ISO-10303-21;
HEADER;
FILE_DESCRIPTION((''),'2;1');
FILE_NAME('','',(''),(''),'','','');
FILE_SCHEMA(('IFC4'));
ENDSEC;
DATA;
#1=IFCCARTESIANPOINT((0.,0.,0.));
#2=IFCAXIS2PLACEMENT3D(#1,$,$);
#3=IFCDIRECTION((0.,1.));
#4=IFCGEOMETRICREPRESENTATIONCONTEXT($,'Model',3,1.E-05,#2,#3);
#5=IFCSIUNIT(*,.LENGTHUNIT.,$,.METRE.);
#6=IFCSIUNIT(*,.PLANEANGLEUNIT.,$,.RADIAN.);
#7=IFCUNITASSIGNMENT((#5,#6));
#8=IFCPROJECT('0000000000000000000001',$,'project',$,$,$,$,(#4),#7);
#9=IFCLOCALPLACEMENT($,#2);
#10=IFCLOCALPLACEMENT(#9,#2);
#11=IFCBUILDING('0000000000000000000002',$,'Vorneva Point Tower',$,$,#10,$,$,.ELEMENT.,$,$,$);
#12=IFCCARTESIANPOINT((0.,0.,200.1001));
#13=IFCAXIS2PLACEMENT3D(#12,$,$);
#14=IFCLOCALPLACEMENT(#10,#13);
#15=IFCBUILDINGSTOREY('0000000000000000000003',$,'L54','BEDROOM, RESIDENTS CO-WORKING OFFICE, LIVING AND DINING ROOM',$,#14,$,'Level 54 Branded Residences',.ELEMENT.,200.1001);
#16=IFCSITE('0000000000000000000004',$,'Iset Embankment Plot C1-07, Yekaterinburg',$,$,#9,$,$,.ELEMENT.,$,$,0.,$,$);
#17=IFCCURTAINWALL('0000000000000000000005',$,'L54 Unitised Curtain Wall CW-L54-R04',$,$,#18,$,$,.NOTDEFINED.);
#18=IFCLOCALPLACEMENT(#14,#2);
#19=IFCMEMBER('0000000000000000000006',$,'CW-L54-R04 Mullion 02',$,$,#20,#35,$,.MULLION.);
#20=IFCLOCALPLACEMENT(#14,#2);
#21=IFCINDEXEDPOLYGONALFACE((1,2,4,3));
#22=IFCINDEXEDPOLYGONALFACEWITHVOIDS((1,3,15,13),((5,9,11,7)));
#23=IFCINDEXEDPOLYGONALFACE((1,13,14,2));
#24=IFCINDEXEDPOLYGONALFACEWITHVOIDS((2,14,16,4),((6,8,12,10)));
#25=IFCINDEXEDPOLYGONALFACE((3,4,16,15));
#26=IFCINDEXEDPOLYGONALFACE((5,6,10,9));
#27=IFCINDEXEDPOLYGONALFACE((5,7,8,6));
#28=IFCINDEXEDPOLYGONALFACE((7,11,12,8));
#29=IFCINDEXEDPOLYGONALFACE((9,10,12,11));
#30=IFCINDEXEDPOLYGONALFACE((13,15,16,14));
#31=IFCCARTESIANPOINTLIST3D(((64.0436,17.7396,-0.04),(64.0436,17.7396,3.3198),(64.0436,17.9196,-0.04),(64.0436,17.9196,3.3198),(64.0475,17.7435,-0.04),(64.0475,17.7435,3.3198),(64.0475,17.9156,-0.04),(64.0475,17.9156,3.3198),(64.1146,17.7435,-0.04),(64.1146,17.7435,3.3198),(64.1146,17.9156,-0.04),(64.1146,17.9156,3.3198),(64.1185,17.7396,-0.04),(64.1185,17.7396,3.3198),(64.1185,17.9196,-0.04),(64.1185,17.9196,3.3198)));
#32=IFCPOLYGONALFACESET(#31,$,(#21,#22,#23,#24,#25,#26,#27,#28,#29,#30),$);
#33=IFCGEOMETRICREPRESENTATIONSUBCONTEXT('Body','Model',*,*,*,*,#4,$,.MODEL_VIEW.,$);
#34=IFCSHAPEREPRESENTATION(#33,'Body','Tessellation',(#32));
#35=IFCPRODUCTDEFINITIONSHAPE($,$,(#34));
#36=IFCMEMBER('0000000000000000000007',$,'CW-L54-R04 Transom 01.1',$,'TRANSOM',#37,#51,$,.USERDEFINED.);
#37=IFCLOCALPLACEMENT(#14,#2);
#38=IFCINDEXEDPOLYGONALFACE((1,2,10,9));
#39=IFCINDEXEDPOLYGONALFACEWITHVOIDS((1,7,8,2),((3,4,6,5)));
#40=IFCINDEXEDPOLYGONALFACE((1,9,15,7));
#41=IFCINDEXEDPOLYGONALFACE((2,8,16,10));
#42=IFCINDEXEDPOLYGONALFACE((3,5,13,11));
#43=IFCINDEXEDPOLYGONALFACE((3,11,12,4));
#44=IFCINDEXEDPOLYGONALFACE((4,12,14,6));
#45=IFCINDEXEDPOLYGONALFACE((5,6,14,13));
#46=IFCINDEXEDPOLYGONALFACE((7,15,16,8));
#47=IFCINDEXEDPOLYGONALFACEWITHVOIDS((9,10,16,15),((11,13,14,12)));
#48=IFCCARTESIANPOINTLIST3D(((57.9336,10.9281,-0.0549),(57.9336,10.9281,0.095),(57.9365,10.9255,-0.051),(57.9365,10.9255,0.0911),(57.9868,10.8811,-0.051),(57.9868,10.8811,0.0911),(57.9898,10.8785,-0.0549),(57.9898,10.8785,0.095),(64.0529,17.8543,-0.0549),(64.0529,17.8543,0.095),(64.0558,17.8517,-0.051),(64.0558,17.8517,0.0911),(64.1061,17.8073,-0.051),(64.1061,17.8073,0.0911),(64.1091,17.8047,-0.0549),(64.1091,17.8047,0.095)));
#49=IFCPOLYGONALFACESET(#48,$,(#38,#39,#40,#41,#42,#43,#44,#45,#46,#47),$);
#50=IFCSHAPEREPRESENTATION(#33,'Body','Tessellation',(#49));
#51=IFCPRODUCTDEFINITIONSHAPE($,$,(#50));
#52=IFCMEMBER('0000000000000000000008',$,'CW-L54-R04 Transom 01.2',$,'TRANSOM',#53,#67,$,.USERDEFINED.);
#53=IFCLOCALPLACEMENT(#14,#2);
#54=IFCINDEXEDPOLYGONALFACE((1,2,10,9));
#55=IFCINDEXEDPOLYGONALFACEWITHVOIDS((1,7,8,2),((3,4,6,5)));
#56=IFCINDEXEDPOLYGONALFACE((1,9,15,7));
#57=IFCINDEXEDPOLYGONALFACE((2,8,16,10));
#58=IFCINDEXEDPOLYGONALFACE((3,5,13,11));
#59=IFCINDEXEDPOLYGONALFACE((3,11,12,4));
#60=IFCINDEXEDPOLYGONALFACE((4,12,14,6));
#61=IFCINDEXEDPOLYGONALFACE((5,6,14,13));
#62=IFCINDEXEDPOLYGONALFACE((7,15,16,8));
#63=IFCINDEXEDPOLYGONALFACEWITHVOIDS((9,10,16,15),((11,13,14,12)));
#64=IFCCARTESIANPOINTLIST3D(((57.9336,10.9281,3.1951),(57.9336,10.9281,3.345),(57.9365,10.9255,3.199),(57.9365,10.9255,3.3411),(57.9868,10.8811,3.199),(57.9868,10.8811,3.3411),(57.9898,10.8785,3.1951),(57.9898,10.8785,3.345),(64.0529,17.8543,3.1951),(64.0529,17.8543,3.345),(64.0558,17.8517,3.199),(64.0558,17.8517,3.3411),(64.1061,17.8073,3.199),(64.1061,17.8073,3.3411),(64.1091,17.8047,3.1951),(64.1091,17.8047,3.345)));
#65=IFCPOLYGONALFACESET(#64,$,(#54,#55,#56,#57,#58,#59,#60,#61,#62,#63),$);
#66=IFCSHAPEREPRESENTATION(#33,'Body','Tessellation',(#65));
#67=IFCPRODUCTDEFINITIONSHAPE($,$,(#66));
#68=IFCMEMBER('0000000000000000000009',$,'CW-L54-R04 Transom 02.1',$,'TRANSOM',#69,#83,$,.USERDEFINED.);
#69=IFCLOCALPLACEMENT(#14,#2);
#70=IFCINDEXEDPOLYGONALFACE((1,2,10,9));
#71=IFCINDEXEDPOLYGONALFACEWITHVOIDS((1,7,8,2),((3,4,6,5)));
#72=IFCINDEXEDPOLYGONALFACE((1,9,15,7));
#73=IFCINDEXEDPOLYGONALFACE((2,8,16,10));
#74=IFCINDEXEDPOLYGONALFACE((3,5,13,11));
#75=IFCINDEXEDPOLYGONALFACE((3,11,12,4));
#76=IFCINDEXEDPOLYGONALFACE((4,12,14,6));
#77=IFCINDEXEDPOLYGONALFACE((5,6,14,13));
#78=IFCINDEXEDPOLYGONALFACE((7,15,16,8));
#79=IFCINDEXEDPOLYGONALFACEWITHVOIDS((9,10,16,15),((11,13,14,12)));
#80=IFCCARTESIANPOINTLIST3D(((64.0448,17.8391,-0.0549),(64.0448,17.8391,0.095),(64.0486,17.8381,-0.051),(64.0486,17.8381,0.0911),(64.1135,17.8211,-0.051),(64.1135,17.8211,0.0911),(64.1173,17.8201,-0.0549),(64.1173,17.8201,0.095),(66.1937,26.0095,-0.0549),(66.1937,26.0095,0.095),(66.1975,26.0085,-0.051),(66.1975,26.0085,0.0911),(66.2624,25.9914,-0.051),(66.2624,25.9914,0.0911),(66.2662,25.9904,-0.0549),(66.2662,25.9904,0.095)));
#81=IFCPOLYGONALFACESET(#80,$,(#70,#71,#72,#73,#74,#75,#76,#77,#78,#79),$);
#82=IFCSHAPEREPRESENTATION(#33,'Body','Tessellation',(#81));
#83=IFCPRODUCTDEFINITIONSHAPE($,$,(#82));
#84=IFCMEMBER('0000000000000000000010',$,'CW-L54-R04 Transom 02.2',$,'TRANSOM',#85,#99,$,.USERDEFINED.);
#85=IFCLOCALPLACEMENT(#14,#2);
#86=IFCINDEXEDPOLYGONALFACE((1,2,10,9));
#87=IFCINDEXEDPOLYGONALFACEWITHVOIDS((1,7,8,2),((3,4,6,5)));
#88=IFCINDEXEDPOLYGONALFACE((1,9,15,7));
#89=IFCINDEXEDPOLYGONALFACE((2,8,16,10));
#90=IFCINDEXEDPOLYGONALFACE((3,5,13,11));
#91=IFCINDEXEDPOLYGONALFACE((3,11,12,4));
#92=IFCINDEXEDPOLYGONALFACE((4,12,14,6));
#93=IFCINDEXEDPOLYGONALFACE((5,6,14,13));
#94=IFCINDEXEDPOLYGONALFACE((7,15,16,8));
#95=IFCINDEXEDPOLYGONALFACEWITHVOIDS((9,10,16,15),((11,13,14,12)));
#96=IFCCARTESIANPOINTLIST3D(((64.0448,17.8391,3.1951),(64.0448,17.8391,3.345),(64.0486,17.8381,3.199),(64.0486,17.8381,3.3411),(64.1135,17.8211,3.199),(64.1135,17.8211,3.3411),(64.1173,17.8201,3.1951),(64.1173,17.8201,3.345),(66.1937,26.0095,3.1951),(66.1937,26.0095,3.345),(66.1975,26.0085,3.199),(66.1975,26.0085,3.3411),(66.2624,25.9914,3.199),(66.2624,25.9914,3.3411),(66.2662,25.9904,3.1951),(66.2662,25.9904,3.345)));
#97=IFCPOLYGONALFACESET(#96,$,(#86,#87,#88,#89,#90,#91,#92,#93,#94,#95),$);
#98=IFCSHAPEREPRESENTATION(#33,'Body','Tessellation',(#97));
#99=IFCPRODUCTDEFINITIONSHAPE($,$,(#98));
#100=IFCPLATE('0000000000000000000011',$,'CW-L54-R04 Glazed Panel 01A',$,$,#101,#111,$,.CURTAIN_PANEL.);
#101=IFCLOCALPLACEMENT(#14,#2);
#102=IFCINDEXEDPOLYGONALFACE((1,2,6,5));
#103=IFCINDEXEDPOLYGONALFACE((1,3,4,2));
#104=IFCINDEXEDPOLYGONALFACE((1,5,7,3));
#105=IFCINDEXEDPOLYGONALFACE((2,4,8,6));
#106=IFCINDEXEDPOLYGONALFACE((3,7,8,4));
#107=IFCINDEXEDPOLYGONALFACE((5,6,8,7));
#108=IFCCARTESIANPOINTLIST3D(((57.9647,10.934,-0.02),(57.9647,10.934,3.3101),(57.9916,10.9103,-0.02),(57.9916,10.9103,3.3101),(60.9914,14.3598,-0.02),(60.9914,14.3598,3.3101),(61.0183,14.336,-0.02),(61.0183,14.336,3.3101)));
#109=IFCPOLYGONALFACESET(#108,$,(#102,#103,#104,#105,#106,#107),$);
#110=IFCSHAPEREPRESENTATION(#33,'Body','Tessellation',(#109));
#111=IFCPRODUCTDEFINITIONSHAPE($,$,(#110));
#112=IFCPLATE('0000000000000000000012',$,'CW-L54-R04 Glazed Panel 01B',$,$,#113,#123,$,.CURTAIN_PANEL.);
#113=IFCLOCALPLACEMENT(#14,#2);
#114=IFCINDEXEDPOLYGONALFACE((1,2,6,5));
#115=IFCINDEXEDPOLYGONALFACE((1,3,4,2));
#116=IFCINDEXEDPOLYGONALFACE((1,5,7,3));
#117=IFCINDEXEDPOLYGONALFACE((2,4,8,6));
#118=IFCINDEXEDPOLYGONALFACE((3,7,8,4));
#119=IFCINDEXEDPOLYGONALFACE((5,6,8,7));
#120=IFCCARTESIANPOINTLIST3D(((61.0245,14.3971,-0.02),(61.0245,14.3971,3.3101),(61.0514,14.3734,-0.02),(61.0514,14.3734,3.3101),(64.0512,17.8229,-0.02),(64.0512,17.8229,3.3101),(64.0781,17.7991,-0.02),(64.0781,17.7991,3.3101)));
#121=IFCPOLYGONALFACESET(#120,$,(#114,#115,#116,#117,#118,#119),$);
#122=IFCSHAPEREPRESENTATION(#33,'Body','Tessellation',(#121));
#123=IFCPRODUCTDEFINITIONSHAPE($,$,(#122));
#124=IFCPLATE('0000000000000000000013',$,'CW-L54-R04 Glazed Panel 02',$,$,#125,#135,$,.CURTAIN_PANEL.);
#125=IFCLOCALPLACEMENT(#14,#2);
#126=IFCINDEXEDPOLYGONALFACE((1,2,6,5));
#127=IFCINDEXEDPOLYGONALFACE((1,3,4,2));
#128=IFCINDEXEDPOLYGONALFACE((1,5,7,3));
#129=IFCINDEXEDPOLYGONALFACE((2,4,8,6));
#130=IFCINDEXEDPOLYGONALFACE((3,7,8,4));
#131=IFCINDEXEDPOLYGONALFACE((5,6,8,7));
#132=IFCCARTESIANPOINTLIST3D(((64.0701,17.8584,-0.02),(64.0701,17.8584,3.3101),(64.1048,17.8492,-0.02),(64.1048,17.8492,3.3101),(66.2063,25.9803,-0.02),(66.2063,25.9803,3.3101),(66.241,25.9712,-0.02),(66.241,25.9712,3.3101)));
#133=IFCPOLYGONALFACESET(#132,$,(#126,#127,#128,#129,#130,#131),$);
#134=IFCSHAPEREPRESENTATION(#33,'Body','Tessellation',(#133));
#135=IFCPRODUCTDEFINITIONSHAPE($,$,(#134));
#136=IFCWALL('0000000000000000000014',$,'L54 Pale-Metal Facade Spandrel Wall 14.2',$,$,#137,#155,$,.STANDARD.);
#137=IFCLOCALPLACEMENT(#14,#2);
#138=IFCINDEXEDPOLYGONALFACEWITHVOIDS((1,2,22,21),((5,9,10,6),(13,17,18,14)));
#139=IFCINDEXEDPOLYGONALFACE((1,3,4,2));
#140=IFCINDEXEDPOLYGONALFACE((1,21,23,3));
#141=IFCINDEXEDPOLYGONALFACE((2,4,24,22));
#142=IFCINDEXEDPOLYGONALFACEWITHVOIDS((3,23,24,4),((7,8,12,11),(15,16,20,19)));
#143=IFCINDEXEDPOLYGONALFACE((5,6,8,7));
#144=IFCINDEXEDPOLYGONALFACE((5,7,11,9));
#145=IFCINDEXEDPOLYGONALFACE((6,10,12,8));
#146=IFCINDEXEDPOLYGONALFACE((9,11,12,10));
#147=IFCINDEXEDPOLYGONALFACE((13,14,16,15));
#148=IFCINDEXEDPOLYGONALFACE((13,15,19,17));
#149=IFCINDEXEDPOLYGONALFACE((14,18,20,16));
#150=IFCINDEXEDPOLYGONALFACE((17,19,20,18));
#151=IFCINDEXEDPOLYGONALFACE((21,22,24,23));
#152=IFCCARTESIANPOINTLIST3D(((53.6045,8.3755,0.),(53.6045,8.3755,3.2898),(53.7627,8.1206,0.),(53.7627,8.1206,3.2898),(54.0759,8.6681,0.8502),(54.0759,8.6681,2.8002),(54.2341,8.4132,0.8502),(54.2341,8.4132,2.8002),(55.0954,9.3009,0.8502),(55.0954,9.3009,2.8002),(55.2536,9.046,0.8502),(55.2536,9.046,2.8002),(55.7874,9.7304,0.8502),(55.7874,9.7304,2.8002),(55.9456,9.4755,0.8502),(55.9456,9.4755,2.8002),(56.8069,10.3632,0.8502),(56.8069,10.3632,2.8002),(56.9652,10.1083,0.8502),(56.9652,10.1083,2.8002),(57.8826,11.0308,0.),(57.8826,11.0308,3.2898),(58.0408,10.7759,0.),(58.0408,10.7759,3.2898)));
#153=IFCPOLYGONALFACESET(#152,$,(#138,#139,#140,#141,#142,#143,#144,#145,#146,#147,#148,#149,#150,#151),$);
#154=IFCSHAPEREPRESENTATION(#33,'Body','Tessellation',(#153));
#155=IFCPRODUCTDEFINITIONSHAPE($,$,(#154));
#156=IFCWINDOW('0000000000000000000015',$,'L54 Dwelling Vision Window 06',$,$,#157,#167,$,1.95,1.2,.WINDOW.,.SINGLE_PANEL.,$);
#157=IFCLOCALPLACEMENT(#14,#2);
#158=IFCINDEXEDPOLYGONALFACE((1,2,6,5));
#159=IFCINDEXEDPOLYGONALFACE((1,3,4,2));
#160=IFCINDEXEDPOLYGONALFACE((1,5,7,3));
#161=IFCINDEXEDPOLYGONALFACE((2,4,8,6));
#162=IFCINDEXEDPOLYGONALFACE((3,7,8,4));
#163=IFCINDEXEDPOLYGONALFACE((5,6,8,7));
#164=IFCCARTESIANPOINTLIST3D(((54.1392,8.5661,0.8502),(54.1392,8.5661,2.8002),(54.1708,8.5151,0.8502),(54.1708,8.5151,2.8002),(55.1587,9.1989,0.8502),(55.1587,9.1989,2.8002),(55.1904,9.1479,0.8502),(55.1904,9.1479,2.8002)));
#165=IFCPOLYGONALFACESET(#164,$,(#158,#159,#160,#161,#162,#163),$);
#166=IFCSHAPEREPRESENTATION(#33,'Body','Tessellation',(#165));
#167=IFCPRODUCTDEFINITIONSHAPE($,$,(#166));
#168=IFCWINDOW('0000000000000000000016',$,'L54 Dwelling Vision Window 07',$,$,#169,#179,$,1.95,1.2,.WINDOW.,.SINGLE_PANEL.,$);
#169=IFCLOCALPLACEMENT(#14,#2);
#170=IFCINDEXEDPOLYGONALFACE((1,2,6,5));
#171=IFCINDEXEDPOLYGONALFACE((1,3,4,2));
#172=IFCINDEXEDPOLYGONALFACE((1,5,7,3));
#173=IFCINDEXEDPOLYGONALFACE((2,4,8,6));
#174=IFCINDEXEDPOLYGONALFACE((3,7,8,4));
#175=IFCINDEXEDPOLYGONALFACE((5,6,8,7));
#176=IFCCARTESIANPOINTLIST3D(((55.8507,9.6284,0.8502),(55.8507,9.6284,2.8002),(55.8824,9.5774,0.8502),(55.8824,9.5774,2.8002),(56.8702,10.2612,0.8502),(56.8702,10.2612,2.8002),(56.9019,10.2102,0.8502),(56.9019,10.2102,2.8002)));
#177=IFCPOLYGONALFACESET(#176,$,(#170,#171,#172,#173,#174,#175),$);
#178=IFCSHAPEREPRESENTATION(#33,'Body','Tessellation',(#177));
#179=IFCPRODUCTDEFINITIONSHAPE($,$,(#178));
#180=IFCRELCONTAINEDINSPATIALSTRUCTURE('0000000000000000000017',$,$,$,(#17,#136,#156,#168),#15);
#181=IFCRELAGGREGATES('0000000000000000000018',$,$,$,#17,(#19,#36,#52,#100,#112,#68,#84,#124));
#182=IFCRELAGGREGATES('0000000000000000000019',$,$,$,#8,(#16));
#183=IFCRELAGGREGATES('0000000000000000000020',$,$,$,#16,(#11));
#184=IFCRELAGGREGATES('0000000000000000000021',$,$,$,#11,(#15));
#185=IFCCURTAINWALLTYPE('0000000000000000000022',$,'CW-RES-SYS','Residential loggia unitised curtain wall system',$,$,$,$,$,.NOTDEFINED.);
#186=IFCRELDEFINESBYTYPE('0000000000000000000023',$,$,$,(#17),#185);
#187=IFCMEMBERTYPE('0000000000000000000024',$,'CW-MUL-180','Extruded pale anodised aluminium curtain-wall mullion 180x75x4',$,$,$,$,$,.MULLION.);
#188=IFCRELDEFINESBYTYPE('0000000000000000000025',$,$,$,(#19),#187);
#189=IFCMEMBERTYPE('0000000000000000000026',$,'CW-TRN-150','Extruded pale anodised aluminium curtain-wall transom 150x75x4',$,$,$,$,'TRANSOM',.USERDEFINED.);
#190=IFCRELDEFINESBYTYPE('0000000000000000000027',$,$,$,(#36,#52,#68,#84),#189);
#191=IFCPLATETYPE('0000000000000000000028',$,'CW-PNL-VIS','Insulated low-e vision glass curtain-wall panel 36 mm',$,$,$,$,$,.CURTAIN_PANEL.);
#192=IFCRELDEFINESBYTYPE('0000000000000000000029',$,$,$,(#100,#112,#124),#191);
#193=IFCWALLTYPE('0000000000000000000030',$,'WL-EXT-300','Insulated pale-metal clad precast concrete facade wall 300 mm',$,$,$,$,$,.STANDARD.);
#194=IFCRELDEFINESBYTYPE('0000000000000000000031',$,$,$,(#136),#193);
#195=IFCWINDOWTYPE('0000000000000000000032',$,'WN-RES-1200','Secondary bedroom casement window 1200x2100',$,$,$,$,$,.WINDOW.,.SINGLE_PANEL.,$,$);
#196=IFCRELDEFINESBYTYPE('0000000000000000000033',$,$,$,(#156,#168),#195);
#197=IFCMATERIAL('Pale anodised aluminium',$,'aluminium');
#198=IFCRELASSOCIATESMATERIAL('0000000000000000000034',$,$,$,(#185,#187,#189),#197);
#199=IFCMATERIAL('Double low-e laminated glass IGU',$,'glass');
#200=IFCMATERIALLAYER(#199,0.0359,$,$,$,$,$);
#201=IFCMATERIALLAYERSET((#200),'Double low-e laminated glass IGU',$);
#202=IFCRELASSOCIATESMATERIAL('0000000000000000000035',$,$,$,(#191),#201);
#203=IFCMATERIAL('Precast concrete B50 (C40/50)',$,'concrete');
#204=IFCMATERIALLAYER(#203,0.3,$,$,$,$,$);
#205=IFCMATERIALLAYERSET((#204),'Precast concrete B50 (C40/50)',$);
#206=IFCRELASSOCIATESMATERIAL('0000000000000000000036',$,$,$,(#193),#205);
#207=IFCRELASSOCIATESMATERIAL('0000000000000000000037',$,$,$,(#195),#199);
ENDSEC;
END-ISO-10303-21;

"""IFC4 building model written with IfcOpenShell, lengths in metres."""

from ifc_helpers import new_model, si_unit, direction, frame, frame_2d, origin, origin_2d, place, context, subcontext, project, spatial, rectangle, hollow_rectangle, extrude, material, layer, layer_set, material_profile, profile_set, type_object, element, fill, aggregate, save


model = new_model("IFC4")

# Units and contexts
model_context = context("Model", 3, precision=1e-05, world=origin(), true_north=direction((0.0, 1.0)))
body_context = subcontext(model_context, "Body", "Model", "MODEL_VIEW")
ifc_project = project(units=[si_unit("LENGTHUNIT", "METRE"), si_unit("PLANEANGLEUNIT", "RADIAN")], contexts=[model_context])

# Site, building, storey
site_placement = place(None, origin())
site = spatial("IfcSite", under=ifc_project, at=site_placement, Name="Iset Embankment Plot C1-07, Yekaterinburg", CompositionType="ELEMENT", RefElevation=0.0)
building_placement = place(site_placement, origin())
building = spatial("IfcBuilding", under=site, at=building_placement, Name="Vorneva Point Tower", CompositionType="ELEMENT")
storey_placement = place(building_placement, frame((0.0, 0.0, 200.1001)))
storey = spatial("IfcBuildingStorey", under=building, at=storey_placement, Name="L54", Description="BEDROOM, RESIDENTS CO-WORKING OFFICE, LIVING AND DINING ROOM", LongName="Level 54 Branded Residences", CompositionType="ELEMENT", Elevation=200.1001)

# Curtain wall, members, plates
ifc_material_1 = material(Name="Pale anodised aluminium", Category="aluminium")
curtain_wall_type = type_object("IfcCurtainWallType", Name="CW-RES-SYS", Description="Residential loggia unitised curtain wall system", PredefinedType="NOTDEFINED", material=ifc_material_1)
curtain_wall_placement = place(storey_placement, origin())
curtain_wall = element("IfcCurtainWall", 1, at=curtain_wall_placement, inside=storey, type_object=curtain_wall_type, Name="L54 Unitised Curtain Wall CW-L54-R04", PredefinedType="NOTDEFINED")
ifc_material_profile_1 = material_profile(ifc_material_1, hollow_rectangle(XDim=0.075, YDim=0.1799, WallThickness=0.0039, at=origin_2d()), Name="AL-MUL 180x75x4")
ifc_profile_set_1 = profile_set([ifc_material_profile_1], Name="Pale anodised aluminium")
member_type_1 = type_object("IfcMemberType", Name="CW-MUL-180", Description="Extruded pale anodised aluminium curtain-wall mullion 180x75x4", PredefinedType="MULLION", material=ifc_profile_set_1)
member_1_placement = place(storey_placement, frame((64.0811, 17.8296, -0.04), z_axis=(0.0, 0.0, 1.0), x_axis=(1.0, 0.0, 0.0)))
member_1 = element("IfcMember", 2, at=member_1_placement, type_object=member_type_1, Name="CW-L54-R04 Mullion 02", PredefinedType="MULLION", context=body_context, shape_type="SweptSolid", body=[
    extrude(hollow_rectangle(XDim=0.075, YDim=0.1799, WallThickness=0.0039, at=origin_2d()), origin(), (0.0, 0.0, 1.0), 3.3599),
])
ifc_material_profile_2 = material_profile(ifc_material_1, hollow_rectangle(XDim=0.075, YDim=0.1499, WallThickness=0.0039, at=origin_2d()), Name="AL-TRN 150x75x4")
ifc_profile_set_2 = profile_set([ifc_material_profile_2], Name="Pale anodised aluminium")
member_type_2 = type_object("IfcMemberType", Name="CW-TRN-150", Description="Extruded pale anodised aluminium curtain-wall transom 150x75x4", ElementType="TRANSOM", PredefinedType="USERDEFINED", material=ifc_profile_set_2)
member_2_placement = place(storey_placement, frame((57.9617, 10.9033, 0.02), z_axis=(0.662106, 0.74941, 0.0), x_axis=(-0.74941, 0.662106, 0.0)))
member_2 = element("IfcMember", 3, at=member_2_placement, type_object=member_type_2, Name="CW-L54-R04 Transom 01.1", ObjectType="TRANSOM", PredefinedType="USERDEFINED", context=body_context, shape_type="SweptSolid", body=[
    extrude(hollow_rectangle(XDim=0.075, YDim=0.1499, WallThickness=0.0039, at=origin_2d()), origin(), (0.0, 0.0, 1.0), 9.2422),
])
member_3_placement = place(storey_placement, frame((57.9617, 10.9033, 3.27), z_axis=(0.662106, 0.74941, 0.0), x_axis=(-0.74941, 0.662106, 0.0)))
member_3 = element("IfcMember", 4, at=member_3_placement, type_object=member_type_2, Name="CW-L54-R04 Transom 01.2", ObjectType="TRANSOM", PredefinedType="USERDEFINED", context=body_context, shape_type="SweptSolid", body=[
    extrude(hollow_rectangle(XDim=0.075, YDim=0.1499, WallThickness=0.0039, at=origin_2d()), origin(), (0.0, 0.0, 1.0), 9.2422),
])
member_4_placement = place(storey_placement, frame((64.0811, 17.8296, 0.02), z_axis=(0.254362, 0.967109, 0.0), x_axis=(-0.967109, 0.254362, 0.0)))
member_4 = element("IfcMember", 5, at=member_4_placement, type_object=member_type_2, Name="CW-L54-R04 Transom 02.1", ObjectType="TRANSOM", PredefinedType="USERDEFINED", context=body_context, shape_type="SweptSolid", body=[
    extrude(hollow_rectangle(XDim=0.075, YDim=0.1499, WallThickness=0.0039, at=origin_2d()), origin(), (0.0, 0.0, 1.0), 8.4482),
])
member_5_placement = place(storey_placement, frame((64.0811, 17.8296, 3.27), z_axis=(0.254362, 0.967109, 0.0), x_axis=(-0.967109, 0.254362, 0.0)))
member_5 = element("IfcMember", 6, at=member_5_placement, type_object=member_type_2, Name="CW-L54-R04 Transom 02.2", ObjectType="TRANSOM", PredefinedType="USERDEFINED", context=body_context, shape_type="SweptSolid", body=[
    extrude(hollow_rectangle(XDim=0.075, YDim=0.1499, WallThickness=0.0039, at=origin_2d()), origin(), (0.0, 0.0, 1.0), 8.4482),
])
ifc_material_2 = material(Name="Double low-e laminated glass IGU", Category="glass")
ifc_layer_1 = layer(ifc_material_2, 0.0359)
ifc_layer_set_1 = layer_set([ifc_layer_1], Name="Double low-e laminated glass IGU")
plate_type = type_object("IfcPlateType", Name="CW-PNL-VIS", Description="Insulated low-e vision glass curtain-wall panel 36 mm", PredefinedType="CURTAIN_PANEL", material=ifc_layer_set_1)
plate_1_placement = place(storey_placement, frame((59.4915, 12.635, -0.02), z_axis=(0.0, 0.0, 1.0), x_axis=(0.66211, 0.749407, 0.0)))
plate_1 = element("IfcPlate", 7, at=plate_1_placement, type_object=plate_type, Name="CW-L54-R04 Glazed Panel 01A", PredefinedType="CURTAIN_PANEL", context=body_context, shape_type="SweptSolid", body=[
    extrude(rectangle(XDim=4.5713, YDim=0.0359, at=origin_2d()), origin(), (0.0, 0.0, 1.0), 3.3301),
])
plate_2_placement = place(storey_placement, frame((62.5513, 16.0981, -0.02), z_axis=(0.0, 0.0, 1.0), x_axis=(0.66211, 0.749407, 0.0)))
plate_2 = element("IfcPlate", 8, at=plate_2_placement, type_object=plate_type, Name="CW-L54-R04 Glazed Panel 01B", PredefinedType="CURTAIN_PANEL", context=body_context, shape_type="SweptSolid", body=[
    extrude(rectangle(XDim=4.5713, YDim=0.0359, at=origin_2d()), origin(), (0.0, 0.0, 1.0), 3.3301),
])
plate_3_placement = place(storey_placement, frame((65.1555, 21.9148, -0.02), z_axis=(0.0, 0.0, 1.0), x_axis=(0.254366, 0.967108, 0.0)))
plate_3 = element("IfcPlate", 9, at=plate_3_placement, type_object=plate_type, Name="CW-L54-R04 Glazed Panel 02", PredefinedType="CURTAIN_PANEL", context=body_context, shape_type="SweptSolid", body=[
    extrude(rectangle(XDim=8.3982, YDim=0.0359, at=origin_2d()), origin(), (0.0, 0.0, 1.0), 3.3301),
])
aggregate(curtain_wall, [member_1, member_2, member_3, plate_1, plate_2, member_4, member_5, plate_3])

# Wall, openings, windows
ifc_material_3 = material(Name="Precast concrete B50 (C40/50)", Category="concrete")
ifc_layer_2 = layer(ifc_material_3, 0.3)
ifc_layer_set_2 = layer_set([ifc_layer_2], Name="Precast concrete B50 (C40/50)")
wall_type_1 = type_object("IfcWallType", Name="WL-EXT-300", Description="Insulated pale-metal clad precast concrete facade wall 300 mm", PredefinedType="STANDARD", material=ifc_layer_set_2)
wall_1_placement = place(storey_placement, frame((53.6836, 8.248, 0.0), z_axis=(0.0, 0.0, 1.0), x_axis=(0.849648, 0.527351, 0.0)))
wall_1 = element("IfcWall", 10, at=wall_1_placement, inside=storey, type_object=wall_type_1, Name="L54 Pale-Metal Facade Spandrel Wall 14.2", PredefinedType="STANDARD", context=body_context, shape_type="SweptSolid", body=[
    extrude(rectangle(XDim=5.0352, YDim=0.3, at=frame_2d((2.5176, 0.0))), origin(), (0.0, 0.0, 1.0), 3.2898),
])
opening_1_placement = place(wall_1_placement, frame((0.5547, 0.0, 0.8501)))
opening_1 = element("IfcOpeningElement", 11, at=opening_1_placement, cuts=wall_1, PredefinedType="OPENING", context=body_context, shape_type="SweptSolid", body=[
    extrude(rectangle(XDim=1.2, YDim=1.95, at=frame_2d((0.6001, 0.9751))), frame((0.0, 0.165, 0.0), z_axis=(0.0, -1.0, 0.0), x_axis=(1.0, 0.0, 0.0)), (0.0, 0.0, 1.0), 0.3298),
])
opening_2_placement = place(wall_1_placement, frame((2.5691, 0.0, 0.8501)))
opening_2 = element("IfcOpeningElement", 12, at=opening_2_placement, cuts=wall_1, PredefinedType="OPENING", context=body_context, shape_type="SweptSolid", body=[
    extrude(rectangle(XDim=1.2, YDim=1.95, at=frame_2d((0.6001, 0.9751))), frame((0.0, 0.165, 0.0), z_axis=(0.0, -1.0, 0.0), x_axis=(1.0, 0.0, 0.0)), (0.0, 0.0, 1.0), 0.3298),
])
window_type = type_object("IfcWindowType", Name="WN-RES-1200", Description="Secondary bedroom casement window 1200x2100", PartitioningType="SINGLE_PANEL", PredefinedType="WINDOW", material=ifc_material_2)
window_1_placement = place(opening_1_placement, origin())
window_1 = element("IfcWindow", 13, at=window_1_placement, inside=storey, type_object=window_type, Name="L54 Dwelling Vision Window 06", OverallHeight=1.95, OverallWidth=1.2, PartitioningType="SINGLE_PANEL", PredefinedType="WINDOW", context=body_context, shape_type="SweptSolid", body=[
    extrude(rectangle(XDim=1.2, YDim=1.95, at=frame_2d((0.6001, 0.9751))), frame((0.0, 0.03, 0.0), z_axis=(0.0, -1.0, 0.0), x_axis=(1.0, 0.0, 0.0)), (0.0, 0.0, 1.0), 0.0601),
])
fill(opening_1, window_1)
window_2_placement = place(opening_2_placement, origin())
window_2 = element("IfcWindow", 14, at=window_2_placement, inside=storey, type_object=window_type, Name="L54 Dwelling Vision Window 07", OverallHeight=1.95, OverallWidth=1.2, PartitioningType="SINGLE_PANEL", PredefinedType="WINDOW", context=body_context, shape_type="SweptSolid", body=[
    extrude(rectangle(XDim=1.2, YDim=1.95, at=frame_2d((0.6001, 0.9751))), frame((0.0, 0.03, 0.0), z_axis=(0.0, -1.0, 0.0), x_axis=(1.0, 0.0, 0.0)), (0.0, 0.0, 1.0), 0.0601),
])
fill(opening_2, window_2)

save(model, "model.ifc")
